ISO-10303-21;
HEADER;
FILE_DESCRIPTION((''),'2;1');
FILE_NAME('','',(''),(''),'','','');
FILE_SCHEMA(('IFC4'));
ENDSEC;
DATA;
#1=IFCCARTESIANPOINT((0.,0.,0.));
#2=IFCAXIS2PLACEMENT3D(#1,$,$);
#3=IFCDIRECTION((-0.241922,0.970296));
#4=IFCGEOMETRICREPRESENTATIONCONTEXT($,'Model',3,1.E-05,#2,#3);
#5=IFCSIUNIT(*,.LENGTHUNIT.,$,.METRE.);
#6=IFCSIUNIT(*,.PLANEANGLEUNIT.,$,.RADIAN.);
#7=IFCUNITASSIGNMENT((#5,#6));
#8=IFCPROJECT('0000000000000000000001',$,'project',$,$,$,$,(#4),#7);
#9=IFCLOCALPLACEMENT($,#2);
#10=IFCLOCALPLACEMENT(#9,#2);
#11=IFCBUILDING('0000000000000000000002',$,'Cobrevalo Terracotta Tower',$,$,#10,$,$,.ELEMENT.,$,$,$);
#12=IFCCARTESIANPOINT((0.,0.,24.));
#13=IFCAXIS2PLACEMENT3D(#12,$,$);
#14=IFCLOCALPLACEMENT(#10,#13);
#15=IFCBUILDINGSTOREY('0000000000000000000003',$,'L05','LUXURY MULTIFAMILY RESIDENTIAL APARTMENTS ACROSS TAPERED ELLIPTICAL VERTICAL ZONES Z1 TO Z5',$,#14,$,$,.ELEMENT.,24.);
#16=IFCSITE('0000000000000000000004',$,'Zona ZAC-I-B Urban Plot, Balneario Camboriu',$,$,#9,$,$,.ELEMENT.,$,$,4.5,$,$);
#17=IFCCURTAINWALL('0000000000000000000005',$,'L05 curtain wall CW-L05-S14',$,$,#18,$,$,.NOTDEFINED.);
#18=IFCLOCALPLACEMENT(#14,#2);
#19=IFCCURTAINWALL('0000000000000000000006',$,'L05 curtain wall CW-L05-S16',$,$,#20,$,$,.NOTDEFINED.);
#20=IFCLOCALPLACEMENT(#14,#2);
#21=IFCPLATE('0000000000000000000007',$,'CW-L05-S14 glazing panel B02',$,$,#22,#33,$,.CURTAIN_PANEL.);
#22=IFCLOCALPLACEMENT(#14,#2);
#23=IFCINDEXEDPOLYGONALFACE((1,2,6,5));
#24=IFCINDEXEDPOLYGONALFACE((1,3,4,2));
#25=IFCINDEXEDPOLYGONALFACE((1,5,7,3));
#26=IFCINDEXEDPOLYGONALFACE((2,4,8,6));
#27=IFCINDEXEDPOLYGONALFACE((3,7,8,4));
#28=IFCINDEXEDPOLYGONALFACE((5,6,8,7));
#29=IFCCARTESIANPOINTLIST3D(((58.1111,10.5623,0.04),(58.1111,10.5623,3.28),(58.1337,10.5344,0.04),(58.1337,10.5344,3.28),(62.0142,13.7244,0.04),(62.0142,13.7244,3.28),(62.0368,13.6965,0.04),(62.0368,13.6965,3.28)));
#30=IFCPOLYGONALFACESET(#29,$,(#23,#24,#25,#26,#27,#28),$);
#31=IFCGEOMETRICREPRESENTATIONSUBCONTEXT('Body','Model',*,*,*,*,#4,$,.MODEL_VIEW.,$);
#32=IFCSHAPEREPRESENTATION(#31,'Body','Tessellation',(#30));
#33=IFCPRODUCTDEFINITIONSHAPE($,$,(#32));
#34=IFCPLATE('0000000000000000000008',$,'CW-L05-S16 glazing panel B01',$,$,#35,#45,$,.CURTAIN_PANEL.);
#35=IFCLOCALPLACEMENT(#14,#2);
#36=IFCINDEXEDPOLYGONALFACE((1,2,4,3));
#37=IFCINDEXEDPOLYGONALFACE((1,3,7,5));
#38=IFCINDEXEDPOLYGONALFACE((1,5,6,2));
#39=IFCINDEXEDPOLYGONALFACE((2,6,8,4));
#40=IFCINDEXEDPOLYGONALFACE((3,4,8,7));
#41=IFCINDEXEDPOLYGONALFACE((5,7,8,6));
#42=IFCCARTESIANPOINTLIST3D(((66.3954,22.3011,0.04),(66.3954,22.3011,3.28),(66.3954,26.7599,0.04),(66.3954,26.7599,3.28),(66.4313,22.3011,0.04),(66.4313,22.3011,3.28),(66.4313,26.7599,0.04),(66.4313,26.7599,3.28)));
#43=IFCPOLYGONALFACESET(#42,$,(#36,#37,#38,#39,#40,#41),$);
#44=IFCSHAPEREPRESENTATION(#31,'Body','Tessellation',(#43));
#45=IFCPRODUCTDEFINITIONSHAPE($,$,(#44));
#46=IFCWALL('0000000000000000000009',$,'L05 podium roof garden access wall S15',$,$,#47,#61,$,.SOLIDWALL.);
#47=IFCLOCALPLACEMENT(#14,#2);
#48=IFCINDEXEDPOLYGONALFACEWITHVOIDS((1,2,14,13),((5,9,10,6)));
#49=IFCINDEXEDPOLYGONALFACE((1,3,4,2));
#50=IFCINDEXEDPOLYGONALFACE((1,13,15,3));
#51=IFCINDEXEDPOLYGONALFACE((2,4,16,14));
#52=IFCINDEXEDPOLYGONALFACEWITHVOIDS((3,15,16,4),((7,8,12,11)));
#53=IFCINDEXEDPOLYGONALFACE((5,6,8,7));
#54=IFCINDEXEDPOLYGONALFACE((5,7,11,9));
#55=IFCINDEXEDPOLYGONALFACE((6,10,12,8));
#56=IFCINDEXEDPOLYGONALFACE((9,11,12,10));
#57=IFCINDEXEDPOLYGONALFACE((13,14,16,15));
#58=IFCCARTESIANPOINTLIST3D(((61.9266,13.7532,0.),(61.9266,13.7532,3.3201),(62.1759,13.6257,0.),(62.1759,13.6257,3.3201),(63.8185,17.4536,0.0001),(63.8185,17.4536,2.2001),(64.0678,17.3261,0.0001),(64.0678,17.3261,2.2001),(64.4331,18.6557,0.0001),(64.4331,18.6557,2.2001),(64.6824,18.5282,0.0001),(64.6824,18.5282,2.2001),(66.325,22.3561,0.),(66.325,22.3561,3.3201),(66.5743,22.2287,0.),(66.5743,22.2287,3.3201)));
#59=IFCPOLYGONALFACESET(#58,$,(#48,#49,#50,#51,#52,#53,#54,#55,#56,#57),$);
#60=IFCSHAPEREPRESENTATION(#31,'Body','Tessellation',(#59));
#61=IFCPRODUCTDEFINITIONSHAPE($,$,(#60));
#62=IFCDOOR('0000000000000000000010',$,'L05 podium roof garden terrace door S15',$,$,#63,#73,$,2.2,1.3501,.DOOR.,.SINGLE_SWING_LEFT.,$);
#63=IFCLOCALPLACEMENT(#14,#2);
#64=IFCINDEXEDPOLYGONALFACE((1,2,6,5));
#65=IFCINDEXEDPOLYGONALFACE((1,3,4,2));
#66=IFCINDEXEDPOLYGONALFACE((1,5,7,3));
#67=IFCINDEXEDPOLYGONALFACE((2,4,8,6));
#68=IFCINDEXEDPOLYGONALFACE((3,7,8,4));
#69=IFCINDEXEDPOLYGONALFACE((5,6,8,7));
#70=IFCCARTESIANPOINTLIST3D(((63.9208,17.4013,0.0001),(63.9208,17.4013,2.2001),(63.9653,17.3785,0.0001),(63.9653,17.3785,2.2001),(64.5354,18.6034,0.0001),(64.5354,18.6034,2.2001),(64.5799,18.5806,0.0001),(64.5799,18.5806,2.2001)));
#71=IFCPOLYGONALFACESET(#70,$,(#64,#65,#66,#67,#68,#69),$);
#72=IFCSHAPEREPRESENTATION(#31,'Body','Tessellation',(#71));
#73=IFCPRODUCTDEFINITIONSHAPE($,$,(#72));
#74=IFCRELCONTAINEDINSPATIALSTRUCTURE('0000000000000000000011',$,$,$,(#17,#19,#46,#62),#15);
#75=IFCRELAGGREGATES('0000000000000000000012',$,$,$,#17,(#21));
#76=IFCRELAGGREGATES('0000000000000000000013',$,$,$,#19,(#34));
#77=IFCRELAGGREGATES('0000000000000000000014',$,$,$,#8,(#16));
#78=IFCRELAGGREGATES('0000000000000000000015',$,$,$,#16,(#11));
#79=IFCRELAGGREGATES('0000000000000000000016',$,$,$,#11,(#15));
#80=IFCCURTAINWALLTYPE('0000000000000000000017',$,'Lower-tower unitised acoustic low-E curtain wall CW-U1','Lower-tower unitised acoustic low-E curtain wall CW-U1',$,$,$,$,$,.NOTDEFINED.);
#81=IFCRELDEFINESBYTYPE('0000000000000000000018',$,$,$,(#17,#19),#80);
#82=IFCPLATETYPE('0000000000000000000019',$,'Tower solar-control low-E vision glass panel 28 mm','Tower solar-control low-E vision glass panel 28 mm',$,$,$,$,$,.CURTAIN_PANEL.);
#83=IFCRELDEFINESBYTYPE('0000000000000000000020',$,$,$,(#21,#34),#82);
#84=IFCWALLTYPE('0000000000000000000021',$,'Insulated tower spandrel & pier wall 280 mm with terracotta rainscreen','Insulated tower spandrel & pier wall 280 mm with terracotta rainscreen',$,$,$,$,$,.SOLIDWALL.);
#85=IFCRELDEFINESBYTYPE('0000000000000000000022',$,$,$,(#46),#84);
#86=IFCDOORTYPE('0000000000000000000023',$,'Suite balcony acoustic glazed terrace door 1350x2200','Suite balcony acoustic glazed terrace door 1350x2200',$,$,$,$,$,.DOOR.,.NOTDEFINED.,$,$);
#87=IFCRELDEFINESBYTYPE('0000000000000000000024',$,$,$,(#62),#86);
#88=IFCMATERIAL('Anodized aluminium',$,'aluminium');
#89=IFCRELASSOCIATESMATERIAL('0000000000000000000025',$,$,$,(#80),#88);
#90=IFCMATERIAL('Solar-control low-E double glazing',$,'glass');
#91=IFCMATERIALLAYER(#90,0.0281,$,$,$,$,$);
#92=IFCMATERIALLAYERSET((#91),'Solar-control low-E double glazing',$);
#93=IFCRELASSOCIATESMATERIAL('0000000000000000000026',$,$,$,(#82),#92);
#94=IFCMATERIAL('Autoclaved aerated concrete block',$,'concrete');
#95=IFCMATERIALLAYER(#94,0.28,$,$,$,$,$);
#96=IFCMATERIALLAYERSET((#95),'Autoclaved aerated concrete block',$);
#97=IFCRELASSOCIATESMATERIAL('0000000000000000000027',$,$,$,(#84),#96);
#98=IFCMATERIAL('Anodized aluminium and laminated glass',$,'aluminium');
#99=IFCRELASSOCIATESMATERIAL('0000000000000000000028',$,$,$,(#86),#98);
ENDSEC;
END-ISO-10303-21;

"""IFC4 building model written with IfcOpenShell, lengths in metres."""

from ifc_helpers import new_model, si_unit, direction, frame, frame_2d, origin, origin_2d, place, context, subcontext, project, spatial, rectangle, extrude, source, transform, mapped, material, layer, layer_set, type_object, element, fill, aggregate, save


model = new_model("IFC4")

# Units and contexts
model_context = context("Model", 3, precision=1e-05, world=origin(), true_north=direction((-0.241922, 0.970296)))
body_context = subcontext(model_context, "Body", "Model", "MODEL_VIEW")
ifc_project = project(units=[si_unit("LENGTHUNIT", "METRE"), si_unit("PLANEANGLEUNIT", "RADIAN")], contexts=[model_context])

# Site, building, storey
site_placement = place(None, origin())
site = spatial("IfcSite", under=ifc_project, at=site_placement, Name="Zona ZAC-I-B Urban Plot, Balneario Camboriu", CompositionType="ELEMENT", RefElevation=4.5)
building_placement = place(site_placement, origin())
building = spatial("IfcBuilding", under=site, at=building_placement, Name="Cobrevalo Terracotta Tower", CompositionType="ELEMENT")
storey_placement = place(building_placement, frame((0.0, 0.0, 24.0)))
storey = spatial("IfcBuildingStorey", under=building, at=storey_placement, Name="L05", Description="LUXURY MULTIFAMILY RESIDENTIAL APARTMENTS ACROSS TAPERED ELLIPTICAL VERTICAL ZONES Z1 TO Z5", CompositionType="ELEMENT", Elevation=24.0)

# Curtain wall
ifc_material_1 = material(Name="Anodized aluminium", Category="aluminium")
curtain_wall_type = type_object("IfcCurtainWallType", Name="Lower-tower unitised acoustic low-E curtain wall CW-U1", Description="Lower-tower unitised acoustic low-E curtain wall CW-U1", PredefinedType="NOTDEFINED", material=ifc_material_1)
curtain_wall_1_placement = place(storey_placement, origin())
curtain_wall_1 = element("IfcCurtainWall", 1, at=curtain_wall_1_placement, inside=storey, type_object=curtain_wall_type, Name="L05 curtain wall CW-L05-S14", PredefinedType="NOTDEFINED")

# Curtain wall
curtain_wall_2_placement = place(storey_placement, origin())
curtain_wall_2 = element("IfcCurtainWall", 2, at=curtain_wall_2_placement, inside=storey, type_object=curtain_wall_type, Name="L05 curtain wall CW-L05-S16", PredefinedType="NOTDEFINED")

# Plates
ifc_material_2 = material(Name="Solar-control low-E double glazing", Category="glass")
ifc_layer_1 = layer(ifc_material_2, 0.0281)
ifc_layer_set_1 = layer_set([ifc_layer_1], Name="Solar-control low-E double glazing")
plate_type = type_object("IfcPlateType", Name="Tower solar-control low-E vision glass panel 28 mm", Description="Tower solar-control low-E vision glass panel 28 mm", PredefinedType="CURTAIN_PANEL", material=ifc_layer_set_1)
shared_shape_1 = source(origin(), body_context, "Body", "SweptSolid", [
    extrude(rectangle(XDim=5.0232, YDim=0.0359, at=origin_2d()), origin(), (0.0, 0.0, 1.0), 3.24),
])
plate_1_placement = place(storey_placement, frame((60.074, 12.1294, 0.04), z_axis=(0.0, 0.0, 1.0), x_axis=(0.777008, 0.629491, 0.0)))
plate_1 = element("IfcPlate", 3, at=plate_1_placement, type_object=plate_type, Name="CW-L05-S14 glazing panel B02", PredefinedType="CURTAIN_PANEL", context=body_context, shape_type="MappedRepresentation", body=[
    mapped(shared_shape_1, transform((0.0, 0.0, 0.0), scale=1.0)),
])
aggregate(curtain_wall_1, [plate_1])
shared_shape_2 = source(origin(), body_context, "Body", "SweptSolid", [
    extrude(rectangle(XDim=4.4587, YDim=0.0359, at=origin_2d()), origin(), (0.0, 0.0, 1.0), 3.24),
])
plate_2_placement = place(storey_placement, frame((66.4133, 24.5305, 0.04), z_axis=(0.0, 0.0, 1.0), x_axis=(0.0, 1.0, 0.0)))
plate_2 = element("IfcPlate", 4, at=plate_2_placement, type_object=plate_type, Name="CW-L05-S16 glazing panel B01", PredefinedType="CURTAIN_PANEL", context=body_context, shape_type="MappedRepresentation", body=[
    mapped(shared_shape_2, transform((0.0, 0.0, 0.0), scale=1.0)),
])
aggregate(curtain_wall_2, [plate_2])

# Wall, opening, door
ifc_material_3 = material(Name="Autoclaved aerated concrete block", Category="concrete")
ifc_layer_2 = layer(ifc_material_3, 0.28)
ifc_layer_set_2 = layer_set([ifc_layer_2], Name="Autoclaved aerated concrete block")
wall_type = type_object("IfcWallType", Name="Insulated tower spandrel & pier wall 280 mm with terracotta rainscreen", Description="Insulated tower spandrel & pier wall 280 mm with terracotta rainscreen", PredefinedType="SOLIDWALL", material=ifc_layer_set_2)
wall_placement = place(storey_placement, frame((62.0513, 13.6895, 0.0), z_axis=(0.0, 0.0, 1.0), x_axis=(0.455221, 0.890379, 0.0)))
wall = element("IfcWall", 5, at=wall_placement, inside=storey, type_object=wall_type, Name="L05 podium roof garden access wall S15", PredefinedType="SOLIDWALL", context=body_context, shape_type="SweptSolid", body=[
    extrude(rectangle(XDim=9.6621, YDim=0.28, at=frame_2d((4.8311, 0.0))), origin(), (0.0, 0.0, 1.0), 3.3201),
])
opening_placement = place(wall_placement, frame((4.156, 0.0, 0.0)))
opening = element("IfcOpeningElement", 6, at=opening_placement, cuts=wall, PredefinedType="OPENING", context=body_context, shape_type="SweptSolid", body=[
    extrude(rectangle(XDim=1.3501, YDim=2.2, at=frame_2d((0.675, 1.1001))), frame((0.0, 0.1499, 0.0), z_axis=(0.0, -1.0, 0.0), x_axis=(1.0, 0.0, 0.0)), (0.0, 0.0, 1.0), 0.3),
])
ifc_material_4 = material(Name="Anodized aluminium and laminated glass", Category="aluminium")
door_type = type_object("IfcDoorType", Name="Suite balcony acoustic glazed terrace door 1350x2200", Description="Suite balcony acoustic glazed terrace door 1350x2200", OperationType="NOTDEFINED", PredefinedType="DOOR", material=ifc_material_4)
shared_shape_3 = source(origin(), body_context, "Body", "SweptSolid", [
    extrude(rectangle(XDim=1.3501, YDim=2.2, at=frame_2d((0.675, 1.1001))), frame((0.0, 0.0249, 0.0), z_axis=(0.0, -1.0, 0.0), x_axis=(1.0, 0.0, 0.0)), (0.0, 0.0, 1.0), 0.05),
])
door_placement = place(opening_placement, frame((1.3501, 0.0, 0.0), z_axis=(0.0, 0.0, 1.0), x_axis=(-1.0, 0.0, 0.0)))
door = element("IfcDoor", 7, at=door_placement, inside=storey, type_object=door_type, Name="L05 podium roof garden terrace door S15", OperationType="SINGLE_SWING_LEFT", OverallHeight=2.2, OverallWidth=1.3501, PredefinedType="DOOR", context=body_context, shape_type="MappedRepresentation", body=[
    mapped(shared_shape_3, transform((0.0, 0.0, 0.0), scale=1.0)),
])
fill(opening, door)

save(model, "model.ifc")
